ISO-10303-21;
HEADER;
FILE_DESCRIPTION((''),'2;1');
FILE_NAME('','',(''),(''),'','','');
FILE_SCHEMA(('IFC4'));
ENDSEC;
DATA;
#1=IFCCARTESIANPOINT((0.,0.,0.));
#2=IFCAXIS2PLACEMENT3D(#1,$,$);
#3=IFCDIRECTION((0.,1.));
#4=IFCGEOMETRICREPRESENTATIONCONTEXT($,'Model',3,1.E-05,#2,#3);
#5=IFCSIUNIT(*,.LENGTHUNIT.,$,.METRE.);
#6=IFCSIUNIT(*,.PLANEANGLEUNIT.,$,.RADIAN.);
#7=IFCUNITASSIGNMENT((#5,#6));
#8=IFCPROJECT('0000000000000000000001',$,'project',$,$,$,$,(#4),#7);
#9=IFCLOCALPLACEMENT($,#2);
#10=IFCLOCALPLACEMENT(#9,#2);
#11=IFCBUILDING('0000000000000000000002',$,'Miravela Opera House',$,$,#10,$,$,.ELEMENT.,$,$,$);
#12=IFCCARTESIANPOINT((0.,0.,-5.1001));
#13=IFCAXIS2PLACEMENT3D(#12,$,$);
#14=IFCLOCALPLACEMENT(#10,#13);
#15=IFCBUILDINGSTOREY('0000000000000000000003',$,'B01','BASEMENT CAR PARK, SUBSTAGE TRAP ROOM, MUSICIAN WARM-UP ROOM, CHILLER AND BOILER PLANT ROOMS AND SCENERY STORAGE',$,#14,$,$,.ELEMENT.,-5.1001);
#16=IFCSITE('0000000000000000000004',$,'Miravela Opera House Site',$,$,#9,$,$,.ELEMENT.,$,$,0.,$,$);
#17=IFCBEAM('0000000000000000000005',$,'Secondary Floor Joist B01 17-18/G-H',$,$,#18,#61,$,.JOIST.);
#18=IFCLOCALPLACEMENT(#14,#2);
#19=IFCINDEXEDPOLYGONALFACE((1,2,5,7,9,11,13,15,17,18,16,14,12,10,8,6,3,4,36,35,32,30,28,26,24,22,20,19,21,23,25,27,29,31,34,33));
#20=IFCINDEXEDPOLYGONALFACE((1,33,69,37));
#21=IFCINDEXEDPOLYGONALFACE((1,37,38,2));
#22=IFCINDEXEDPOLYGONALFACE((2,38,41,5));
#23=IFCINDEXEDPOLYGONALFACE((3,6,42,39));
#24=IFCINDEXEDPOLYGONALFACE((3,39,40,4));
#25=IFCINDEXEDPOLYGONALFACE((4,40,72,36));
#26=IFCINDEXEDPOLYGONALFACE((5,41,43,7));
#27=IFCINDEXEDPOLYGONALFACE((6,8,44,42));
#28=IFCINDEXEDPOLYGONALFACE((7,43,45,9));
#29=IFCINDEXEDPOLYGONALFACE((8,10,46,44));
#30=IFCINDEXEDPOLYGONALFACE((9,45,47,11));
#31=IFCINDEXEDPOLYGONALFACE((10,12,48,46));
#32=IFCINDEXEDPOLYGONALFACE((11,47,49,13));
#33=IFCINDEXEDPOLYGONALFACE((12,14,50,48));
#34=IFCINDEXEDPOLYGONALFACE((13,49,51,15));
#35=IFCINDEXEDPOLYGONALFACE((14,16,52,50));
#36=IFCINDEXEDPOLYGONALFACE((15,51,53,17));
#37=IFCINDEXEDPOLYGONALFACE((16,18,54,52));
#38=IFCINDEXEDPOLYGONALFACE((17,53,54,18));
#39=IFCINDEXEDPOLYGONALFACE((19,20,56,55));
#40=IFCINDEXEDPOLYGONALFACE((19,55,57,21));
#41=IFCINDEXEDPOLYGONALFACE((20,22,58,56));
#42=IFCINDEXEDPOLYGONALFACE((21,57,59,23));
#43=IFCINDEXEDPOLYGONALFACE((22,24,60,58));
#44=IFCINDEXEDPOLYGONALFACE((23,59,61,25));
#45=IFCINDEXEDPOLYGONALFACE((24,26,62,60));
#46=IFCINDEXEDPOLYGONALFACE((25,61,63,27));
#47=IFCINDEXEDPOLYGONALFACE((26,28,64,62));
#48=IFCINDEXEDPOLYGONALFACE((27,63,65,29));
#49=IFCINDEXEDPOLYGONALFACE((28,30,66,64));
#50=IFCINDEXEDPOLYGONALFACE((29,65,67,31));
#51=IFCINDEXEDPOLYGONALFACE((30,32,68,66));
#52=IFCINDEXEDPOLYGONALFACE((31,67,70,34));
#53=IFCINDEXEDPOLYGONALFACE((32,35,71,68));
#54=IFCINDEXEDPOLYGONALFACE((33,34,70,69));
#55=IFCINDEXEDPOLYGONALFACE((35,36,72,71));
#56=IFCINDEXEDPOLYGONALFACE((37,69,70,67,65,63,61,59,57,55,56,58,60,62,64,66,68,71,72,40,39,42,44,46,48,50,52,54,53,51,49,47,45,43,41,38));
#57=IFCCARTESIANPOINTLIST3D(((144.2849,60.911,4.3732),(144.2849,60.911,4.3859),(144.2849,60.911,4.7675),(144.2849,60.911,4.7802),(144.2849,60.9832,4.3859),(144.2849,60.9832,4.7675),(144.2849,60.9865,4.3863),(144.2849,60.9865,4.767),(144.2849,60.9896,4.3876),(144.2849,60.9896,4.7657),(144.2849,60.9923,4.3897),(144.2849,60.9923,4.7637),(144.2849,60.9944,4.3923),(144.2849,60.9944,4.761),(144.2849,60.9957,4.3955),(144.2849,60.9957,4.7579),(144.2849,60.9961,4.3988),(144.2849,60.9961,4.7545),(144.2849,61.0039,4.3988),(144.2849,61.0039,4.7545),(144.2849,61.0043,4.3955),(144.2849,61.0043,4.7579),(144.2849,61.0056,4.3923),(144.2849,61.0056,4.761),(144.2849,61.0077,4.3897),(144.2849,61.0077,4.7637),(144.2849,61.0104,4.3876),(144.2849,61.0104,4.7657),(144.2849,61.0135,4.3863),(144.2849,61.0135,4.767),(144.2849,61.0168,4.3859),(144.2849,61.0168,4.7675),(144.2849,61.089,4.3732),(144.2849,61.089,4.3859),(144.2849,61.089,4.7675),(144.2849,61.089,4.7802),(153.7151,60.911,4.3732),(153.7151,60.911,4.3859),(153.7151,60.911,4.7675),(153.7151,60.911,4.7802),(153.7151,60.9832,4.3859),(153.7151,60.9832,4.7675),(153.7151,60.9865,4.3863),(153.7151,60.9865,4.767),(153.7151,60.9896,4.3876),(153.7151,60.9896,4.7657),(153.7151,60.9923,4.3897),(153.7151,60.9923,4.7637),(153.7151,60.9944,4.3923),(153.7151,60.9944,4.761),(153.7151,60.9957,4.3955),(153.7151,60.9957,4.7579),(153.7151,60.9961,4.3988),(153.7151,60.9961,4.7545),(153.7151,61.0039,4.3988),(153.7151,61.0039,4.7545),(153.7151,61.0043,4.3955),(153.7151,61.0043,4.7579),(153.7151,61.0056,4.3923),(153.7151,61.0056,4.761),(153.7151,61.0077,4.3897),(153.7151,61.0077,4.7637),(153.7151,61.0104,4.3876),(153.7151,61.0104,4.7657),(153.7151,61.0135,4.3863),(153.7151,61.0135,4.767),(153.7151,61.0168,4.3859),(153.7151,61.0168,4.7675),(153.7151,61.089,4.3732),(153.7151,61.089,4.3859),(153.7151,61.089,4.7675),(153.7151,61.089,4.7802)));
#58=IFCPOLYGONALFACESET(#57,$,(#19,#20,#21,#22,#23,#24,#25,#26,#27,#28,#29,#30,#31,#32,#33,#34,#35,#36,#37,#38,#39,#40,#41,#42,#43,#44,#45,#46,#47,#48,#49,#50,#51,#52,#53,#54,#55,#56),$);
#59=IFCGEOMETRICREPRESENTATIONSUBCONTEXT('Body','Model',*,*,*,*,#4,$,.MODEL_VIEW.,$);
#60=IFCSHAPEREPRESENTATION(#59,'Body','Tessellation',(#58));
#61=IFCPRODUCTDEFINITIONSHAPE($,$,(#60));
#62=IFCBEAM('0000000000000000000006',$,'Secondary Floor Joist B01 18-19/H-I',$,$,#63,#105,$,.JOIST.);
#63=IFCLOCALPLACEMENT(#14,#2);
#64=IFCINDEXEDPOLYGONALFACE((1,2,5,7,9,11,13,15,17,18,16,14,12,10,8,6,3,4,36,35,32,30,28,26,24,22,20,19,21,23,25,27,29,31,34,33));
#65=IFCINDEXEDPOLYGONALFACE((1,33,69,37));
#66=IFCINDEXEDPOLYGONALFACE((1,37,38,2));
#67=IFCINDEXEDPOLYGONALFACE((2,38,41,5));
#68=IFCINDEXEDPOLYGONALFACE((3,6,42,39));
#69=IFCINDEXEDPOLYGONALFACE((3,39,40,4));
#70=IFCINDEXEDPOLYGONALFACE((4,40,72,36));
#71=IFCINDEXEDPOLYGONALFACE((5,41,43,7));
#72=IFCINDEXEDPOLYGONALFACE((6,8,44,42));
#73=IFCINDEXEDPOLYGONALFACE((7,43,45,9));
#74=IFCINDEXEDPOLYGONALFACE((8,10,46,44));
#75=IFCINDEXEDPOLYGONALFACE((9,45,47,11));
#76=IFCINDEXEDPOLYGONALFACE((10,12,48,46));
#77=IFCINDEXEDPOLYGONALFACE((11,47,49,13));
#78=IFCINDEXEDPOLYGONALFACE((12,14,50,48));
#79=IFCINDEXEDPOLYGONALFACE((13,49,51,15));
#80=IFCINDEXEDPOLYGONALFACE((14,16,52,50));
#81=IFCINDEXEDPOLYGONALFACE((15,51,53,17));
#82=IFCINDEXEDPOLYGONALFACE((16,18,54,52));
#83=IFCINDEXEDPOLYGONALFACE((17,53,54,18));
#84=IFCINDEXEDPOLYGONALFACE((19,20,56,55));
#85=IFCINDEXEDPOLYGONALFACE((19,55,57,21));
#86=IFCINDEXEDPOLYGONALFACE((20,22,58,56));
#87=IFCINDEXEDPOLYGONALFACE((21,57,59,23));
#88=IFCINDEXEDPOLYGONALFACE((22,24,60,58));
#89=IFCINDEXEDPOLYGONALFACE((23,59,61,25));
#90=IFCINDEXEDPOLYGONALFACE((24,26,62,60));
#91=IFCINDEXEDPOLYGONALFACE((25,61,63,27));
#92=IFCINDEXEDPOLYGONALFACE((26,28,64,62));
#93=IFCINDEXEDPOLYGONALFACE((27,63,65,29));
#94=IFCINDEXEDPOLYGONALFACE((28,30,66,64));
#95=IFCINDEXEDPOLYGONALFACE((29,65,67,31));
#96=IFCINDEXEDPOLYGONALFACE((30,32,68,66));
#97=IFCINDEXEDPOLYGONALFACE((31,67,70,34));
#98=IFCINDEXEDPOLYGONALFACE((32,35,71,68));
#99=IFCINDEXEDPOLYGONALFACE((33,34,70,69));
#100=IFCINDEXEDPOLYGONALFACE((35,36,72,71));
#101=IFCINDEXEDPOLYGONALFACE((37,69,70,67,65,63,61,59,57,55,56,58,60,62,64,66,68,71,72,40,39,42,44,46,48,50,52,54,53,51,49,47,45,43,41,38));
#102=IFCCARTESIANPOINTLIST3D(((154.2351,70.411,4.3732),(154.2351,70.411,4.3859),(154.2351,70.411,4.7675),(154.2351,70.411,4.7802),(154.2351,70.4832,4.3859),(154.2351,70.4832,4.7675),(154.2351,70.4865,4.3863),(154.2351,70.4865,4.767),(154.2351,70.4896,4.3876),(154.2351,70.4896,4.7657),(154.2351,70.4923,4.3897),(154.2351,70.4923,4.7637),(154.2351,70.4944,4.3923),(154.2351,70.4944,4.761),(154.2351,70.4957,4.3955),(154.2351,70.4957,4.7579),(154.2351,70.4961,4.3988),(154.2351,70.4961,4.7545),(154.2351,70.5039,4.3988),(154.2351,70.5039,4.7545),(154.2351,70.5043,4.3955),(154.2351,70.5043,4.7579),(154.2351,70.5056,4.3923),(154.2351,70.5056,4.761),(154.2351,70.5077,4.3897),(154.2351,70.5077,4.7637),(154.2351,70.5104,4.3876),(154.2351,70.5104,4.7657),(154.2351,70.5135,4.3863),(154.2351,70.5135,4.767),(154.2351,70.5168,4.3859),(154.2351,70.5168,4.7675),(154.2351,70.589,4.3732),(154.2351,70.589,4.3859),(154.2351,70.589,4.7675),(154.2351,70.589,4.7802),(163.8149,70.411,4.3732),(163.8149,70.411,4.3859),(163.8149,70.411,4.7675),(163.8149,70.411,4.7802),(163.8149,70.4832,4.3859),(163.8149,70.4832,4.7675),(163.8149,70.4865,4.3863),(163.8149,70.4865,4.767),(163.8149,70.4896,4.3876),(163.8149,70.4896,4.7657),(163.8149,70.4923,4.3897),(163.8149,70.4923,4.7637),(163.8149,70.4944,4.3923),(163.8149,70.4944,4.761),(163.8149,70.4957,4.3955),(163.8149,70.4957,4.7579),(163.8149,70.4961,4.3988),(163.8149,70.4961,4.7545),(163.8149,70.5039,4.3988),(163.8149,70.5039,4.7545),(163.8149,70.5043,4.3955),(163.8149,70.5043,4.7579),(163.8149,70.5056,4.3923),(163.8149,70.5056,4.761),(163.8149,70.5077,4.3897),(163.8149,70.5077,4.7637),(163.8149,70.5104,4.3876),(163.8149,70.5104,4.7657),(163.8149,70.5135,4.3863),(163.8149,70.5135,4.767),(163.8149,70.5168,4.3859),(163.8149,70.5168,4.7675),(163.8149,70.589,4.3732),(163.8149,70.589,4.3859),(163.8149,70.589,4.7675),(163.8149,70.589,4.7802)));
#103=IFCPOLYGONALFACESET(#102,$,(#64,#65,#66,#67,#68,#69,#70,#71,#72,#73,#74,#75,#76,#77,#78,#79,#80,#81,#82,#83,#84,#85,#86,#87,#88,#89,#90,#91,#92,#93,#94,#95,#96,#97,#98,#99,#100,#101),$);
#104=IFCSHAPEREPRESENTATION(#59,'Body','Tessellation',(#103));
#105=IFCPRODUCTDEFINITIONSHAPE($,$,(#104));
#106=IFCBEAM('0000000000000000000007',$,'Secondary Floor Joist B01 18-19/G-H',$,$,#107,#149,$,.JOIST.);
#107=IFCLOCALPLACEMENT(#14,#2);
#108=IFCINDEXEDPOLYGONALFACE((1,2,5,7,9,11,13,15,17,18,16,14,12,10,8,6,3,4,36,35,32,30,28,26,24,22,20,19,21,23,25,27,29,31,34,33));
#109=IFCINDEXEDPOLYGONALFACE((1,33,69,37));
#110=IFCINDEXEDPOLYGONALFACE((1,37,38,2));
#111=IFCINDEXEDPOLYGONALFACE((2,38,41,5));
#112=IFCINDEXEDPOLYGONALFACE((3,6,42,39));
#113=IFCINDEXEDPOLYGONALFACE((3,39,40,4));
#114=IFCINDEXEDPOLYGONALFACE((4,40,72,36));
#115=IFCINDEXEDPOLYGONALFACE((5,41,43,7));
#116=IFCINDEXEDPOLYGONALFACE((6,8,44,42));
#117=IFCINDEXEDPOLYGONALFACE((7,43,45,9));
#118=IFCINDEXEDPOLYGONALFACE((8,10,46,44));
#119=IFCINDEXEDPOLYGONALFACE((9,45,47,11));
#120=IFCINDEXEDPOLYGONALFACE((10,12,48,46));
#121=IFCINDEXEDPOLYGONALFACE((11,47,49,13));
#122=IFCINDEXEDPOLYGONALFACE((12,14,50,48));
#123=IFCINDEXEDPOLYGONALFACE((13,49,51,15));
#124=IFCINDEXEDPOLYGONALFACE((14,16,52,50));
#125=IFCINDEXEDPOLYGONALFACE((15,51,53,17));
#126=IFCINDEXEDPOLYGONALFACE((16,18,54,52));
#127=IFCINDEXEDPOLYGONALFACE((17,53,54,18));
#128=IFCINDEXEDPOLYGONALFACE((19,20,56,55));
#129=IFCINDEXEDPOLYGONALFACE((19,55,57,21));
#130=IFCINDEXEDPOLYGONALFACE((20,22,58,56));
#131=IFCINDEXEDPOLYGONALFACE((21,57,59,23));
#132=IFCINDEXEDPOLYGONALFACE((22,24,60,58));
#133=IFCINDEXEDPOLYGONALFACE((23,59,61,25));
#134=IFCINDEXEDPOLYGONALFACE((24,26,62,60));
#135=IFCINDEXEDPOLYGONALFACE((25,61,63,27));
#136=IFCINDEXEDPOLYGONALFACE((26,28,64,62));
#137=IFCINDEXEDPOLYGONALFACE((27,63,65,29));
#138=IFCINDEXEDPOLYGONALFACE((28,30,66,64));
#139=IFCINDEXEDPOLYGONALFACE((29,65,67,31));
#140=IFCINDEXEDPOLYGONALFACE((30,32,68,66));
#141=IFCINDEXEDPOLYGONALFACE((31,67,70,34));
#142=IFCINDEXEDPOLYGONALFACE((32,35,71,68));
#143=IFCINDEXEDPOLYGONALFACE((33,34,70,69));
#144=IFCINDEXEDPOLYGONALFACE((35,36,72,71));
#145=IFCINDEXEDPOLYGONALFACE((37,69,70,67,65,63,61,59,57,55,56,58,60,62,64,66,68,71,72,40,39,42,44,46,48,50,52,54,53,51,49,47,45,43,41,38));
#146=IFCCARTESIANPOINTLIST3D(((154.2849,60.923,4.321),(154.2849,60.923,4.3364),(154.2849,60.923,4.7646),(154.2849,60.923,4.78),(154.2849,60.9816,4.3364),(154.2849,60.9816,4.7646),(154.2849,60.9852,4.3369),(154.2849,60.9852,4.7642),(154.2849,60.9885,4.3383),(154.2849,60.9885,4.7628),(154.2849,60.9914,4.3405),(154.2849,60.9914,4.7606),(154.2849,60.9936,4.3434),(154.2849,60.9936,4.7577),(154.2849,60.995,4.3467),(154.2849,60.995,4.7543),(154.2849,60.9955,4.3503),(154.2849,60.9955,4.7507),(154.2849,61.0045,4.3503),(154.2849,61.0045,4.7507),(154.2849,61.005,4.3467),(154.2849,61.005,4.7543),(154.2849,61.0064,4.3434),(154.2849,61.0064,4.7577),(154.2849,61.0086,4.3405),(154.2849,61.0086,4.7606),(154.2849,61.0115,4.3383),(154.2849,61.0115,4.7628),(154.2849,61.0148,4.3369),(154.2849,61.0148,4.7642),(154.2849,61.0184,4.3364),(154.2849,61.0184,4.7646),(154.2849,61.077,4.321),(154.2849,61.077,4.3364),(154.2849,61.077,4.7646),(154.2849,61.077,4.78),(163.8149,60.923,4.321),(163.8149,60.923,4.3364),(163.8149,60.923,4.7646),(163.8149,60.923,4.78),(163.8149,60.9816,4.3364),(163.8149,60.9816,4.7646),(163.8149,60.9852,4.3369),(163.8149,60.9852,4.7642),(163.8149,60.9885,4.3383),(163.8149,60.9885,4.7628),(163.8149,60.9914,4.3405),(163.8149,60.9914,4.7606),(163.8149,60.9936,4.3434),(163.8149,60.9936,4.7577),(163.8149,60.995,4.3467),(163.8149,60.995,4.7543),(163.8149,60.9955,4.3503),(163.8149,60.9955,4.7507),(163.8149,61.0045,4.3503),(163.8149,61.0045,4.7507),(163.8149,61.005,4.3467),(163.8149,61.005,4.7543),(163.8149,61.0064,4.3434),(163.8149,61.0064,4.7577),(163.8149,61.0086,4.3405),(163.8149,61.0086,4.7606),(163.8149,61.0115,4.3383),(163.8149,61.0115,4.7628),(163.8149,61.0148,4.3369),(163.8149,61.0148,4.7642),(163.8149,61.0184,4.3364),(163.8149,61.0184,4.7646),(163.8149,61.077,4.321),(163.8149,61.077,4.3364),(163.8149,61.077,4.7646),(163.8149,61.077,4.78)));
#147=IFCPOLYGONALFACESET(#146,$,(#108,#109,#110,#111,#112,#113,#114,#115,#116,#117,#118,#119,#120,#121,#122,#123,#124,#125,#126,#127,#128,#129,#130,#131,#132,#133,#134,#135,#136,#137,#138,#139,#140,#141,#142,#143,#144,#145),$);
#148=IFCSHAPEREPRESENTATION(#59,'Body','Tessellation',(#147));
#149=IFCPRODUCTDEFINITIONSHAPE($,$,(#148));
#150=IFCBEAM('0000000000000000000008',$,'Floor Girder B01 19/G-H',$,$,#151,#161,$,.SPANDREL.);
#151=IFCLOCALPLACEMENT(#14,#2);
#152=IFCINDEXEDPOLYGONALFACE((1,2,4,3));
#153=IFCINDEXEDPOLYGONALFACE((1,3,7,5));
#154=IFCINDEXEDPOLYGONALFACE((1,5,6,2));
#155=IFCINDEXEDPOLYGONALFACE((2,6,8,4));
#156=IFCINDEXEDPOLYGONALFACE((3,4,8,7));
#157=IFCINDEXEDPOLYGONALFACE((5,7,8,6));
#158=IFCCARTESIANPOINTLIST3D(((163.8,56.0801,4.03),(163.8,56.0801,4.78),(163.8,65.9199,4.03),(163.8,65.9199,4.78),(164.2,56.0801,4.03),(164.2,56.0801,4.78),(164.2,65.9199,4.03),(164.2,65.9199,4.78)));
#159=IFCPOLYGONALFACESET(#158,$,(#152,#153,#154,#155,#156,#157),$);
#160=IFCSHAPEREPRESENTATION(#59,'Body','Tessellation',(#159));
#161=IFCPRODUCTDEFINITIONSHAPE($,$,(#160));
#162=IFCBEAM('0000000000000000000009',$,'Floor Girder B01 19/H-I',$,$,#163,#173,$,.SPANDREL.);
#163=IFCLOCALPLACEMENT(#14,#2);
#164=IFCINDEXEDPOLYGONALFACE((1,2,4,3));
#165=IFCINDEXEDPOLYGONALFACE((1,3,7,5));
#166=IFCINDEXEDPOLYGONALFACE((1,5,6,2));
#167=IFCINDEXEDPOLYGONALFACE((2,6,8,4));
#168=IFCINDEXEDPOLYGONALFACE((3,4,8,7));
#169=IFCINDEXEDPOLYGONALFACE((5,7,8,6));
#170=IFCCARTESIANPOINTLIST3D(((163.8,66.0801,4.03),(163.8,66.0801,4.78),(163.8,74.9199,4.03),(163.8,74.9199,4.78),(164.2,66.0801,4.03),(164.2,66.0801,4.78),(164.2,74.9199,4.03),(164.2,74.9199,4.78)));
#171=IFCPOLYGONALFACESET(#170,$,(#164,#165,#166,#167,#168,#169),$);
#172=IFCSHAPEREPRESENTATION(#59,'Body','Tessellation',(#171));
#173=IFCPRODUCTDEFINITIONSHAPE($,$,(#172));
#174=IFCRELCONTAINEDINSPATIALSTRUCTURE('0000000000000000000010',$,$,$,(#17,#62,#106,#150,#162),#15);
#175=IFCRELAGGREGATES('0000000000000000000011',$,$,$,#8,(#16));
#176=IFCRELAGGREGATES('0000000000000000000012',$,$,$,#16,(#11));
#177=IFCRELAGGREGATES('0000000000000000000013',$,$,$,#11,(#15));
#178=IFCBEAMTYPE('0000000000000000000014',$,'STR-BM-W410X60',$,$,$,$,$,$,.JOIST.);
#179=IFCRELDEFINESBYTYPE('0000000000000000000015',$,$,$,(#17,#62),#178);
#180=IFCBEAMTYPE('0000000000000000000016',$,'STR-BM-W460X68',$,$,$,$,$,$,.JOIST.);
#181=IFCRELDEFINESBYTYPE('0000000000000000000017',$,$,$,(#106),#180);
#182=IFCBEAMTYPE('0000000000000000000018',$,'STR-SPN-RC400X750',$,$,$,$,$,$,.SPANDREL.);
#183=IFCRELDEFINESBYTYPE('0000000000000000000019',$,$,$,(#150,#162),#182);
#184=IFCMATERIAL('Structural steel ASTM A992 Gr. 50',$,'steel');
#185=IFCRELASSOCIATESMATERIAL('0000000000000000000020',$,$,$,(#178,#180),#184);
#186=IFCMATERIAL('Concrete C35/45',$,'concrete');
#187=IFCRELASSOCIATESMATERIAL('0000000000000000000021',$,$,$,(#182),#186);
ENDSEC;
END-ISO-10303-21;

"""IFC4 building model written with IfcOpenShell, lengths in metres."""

from ifc_helpers import new_model, si_unit, direction, frame, origin, origin_2d, place, context, subcontext, project, spatial, rectangle, i_section, extrude, material, material_profile, profile_set, type_object, element, save


model = new_model("IFC4")

# Units and contexts
model_context = context("Model", 3, precision=1e-05, world=origin(), true_north=direction((0.0, 1.0)))
body_context = subcontext(model_context, "Body", "Model", "MODEL_VIEW")
ifc_project = project(units=[si_unit("LENGTHUNIT", "METRE"), si_unit("PLANEANGLEUNIT", "RADIAN")], contexts=[model_context])

# Site, building, storey
site_placement = place(None, origin())
site = spatial("IfcSite", under=ifc_project, at=site_placement, Name="Miravela Opera House Site", CompositionType="ELEMENT", RefElevation=0.0)
building_placement = place(site_placement, origin())
building = spatial("IfcBuilding", under=site, at=building_placement, Name="Miravela Opera House", CompositionType="ELEMENT")
storey_placement = place(building_placement, frame((0.0, 0.0, -5.1001)))
storey = spatial("IfcBuildingStorey", under=building, at=storey_placement, Name="B01", Description="BASEMENT CAR PARK, SUBSTAGE TRAP ROOM, MUSICIAN WARM-UP ROOM, CHILLER AND BOILER PLANT ROOMS AND SCENERY STORAGE", CompositionType="ELEMENT", Elevation=-5.1001)

# Shared definitions
ifc_material_1 = material(Name="Concrete C35/45", Category="concrete")

# Beams
ifc_material_2 = material(Name="Structural steel ASTM A992 Gr. 50", Category="steel")
ifc_material_profile_1 = material_profile(ifc_material_2, i_section(OverallWidth=0.178, OverallDepth=0.407, WebThickness=0.0078, FlangeThickness=0.0127, FilletRadius=0.0129, at=origin_2d()), Name="W410X60")
ifc_profile_set_1 = profile_set([ifc_material_profile_1])
beam_type_1 = type_object("IfcBeamType", Name="STR-BM-W410X60", PredefinedType="JOIST", material=ifc_profile_set_1)
beam_1_placement = place(storey_placement, frame((144.2849, 61.0, 4.5767), z_axis=(1.0, 0.0, 0.0), x_axis=(0.0, 1.0, 0.0)))
element("IfcBeam", 1, at=beam_1_placement, inside=storey, type_object=beam_type_1, Name="Secondary Floor Joist B01 17-18/G-H", PredefinedType="JOIST", context=body_context, shape_type="SweptSolid", body=[
    extrude(i_section(OverallWidth=0.178, OverallDepth=0.407, WebThickness=0.0078, FlangeThickness=0.0127, FilletRadius=0.0129, at=origin_2d()), origin(), (0.0, 0.0, 1.0), 9.4302),
])
beam_2_placement = place(storey_placement, frame((154.2351, 70.5, 4.5767), z_axis=(1.0, 0.0, 0.0), x_axis=(0.0, 1.0, 0.0)))
element("IfcBeam", 2, at=beam_2_placement, inside=storey, type_object=beam_type_1, Name="Secondary Floor Joist B01 18-19/H-I", PredefinedType="JOIST", context=body_context, shape_type="SweptSolid", body=[
    extrude(i_section(OverallWidth=0.178, OverallDepth=0.407, WebThickness=0.0078, FlangeThickness=0.0127, FilletRadius=0.0129, at=origin_2d()), origin(), (0.0, 0.0, 1.0), 9.5798),
])
ifc_material_profile_2 = material_profile(ifc_material_2, i_section(OverallWidth=0.1541, OverallDepth=0.459, WebThickness=0.009, FlangeThickness=0.0154, FilletRadius=0.0139, at=origin_2d()), Name="W460X68")
ifc_profile_set_2 = profile_set([ifc_material_profile_2])
beam_type_2 = type_object("IfcBeamType", Name="STR-BM-W460X68", PredefinedType="JOIST", material=ifc_profile_set_2)
beam_3_placement = place(storey_placement, frame((154.2849, 61.0, 4.5505), z_axis=(1.0, 0.0, 0.0), x_axis=(0.0, 1.0, 0.0)))
element("IfcBeam", 3, at=beam_3_placement, inside=storey, type_object=beam_type_2, Name="Secondary Floor Joist B01 18-19/G-H", PredefinedType="JOIST", context=body_context, shape_type="SweptSolid", body=[
    extrude(i_section(OverallWidth=0.1541, OverallDepth=0.459, WebThickness=0.009, FlangeThickness=0.0154, FilletRadius=0.0139, at=origin_2d()), origin(), (0.0, 0.0, 1.0), 9.53),
])
ifc_material_profile_3 = material_profile(ifc_material_1, rectangle(XDim=0.3999, YDim=0.75, at=origin_2d()), Name="RC-SPN-400X750")
ifc_profile_set_3 = profile_set([ifc_material_profile_3])
beam_type_3 = type_object("IfcBeamType", Name="STR-SPN-RC400X750", PredefinedType="SPANDREL", material=ifc_profile_set_3)
beam_4_placement = place(storey_placement, frame((164.0, 56.0801, 4.405), z_axis=(0.0, 1.0, 0.0), x_axis=(-1.0, 0.0, 0.0)))
element("IfcBeam", 4, at=beam_4_placement, inside=storey, type_object=beam_type_3, Name="Floor Girder B01 19/G-H", PredefinedType="SPANDREL", context=body_context, shape_type="SweptSolid", body=[
    extrude(rectangle(XDim=0.3999, YDim=0.75, at=origin_2d()), origin(), (0.0, 0.0, 1.0), 9.8398),
])
beam_5_placement = place(storey_placement, frame((164.0, 66.0801, 4.405), z_axis=(0.0, 1.0, 0.0), x_axis=(-1.0, 0.0, 0.0)))
element("IfcBeam", 5, at=beam_5_placement, inside=storey, type_object=beam_type_3, Name="Floor Girder B01 19/H-I", PredefinedType="SPANDREL", context=body_context, shape_type="SweptSolid", body=[
    extrude(rectangle(XDim=0.3999, YDim=0.75, at=origin_2d()), origin(), (0.0, 0.0, 1.0), 8.8398),
])

save(model, "model.ifc")
